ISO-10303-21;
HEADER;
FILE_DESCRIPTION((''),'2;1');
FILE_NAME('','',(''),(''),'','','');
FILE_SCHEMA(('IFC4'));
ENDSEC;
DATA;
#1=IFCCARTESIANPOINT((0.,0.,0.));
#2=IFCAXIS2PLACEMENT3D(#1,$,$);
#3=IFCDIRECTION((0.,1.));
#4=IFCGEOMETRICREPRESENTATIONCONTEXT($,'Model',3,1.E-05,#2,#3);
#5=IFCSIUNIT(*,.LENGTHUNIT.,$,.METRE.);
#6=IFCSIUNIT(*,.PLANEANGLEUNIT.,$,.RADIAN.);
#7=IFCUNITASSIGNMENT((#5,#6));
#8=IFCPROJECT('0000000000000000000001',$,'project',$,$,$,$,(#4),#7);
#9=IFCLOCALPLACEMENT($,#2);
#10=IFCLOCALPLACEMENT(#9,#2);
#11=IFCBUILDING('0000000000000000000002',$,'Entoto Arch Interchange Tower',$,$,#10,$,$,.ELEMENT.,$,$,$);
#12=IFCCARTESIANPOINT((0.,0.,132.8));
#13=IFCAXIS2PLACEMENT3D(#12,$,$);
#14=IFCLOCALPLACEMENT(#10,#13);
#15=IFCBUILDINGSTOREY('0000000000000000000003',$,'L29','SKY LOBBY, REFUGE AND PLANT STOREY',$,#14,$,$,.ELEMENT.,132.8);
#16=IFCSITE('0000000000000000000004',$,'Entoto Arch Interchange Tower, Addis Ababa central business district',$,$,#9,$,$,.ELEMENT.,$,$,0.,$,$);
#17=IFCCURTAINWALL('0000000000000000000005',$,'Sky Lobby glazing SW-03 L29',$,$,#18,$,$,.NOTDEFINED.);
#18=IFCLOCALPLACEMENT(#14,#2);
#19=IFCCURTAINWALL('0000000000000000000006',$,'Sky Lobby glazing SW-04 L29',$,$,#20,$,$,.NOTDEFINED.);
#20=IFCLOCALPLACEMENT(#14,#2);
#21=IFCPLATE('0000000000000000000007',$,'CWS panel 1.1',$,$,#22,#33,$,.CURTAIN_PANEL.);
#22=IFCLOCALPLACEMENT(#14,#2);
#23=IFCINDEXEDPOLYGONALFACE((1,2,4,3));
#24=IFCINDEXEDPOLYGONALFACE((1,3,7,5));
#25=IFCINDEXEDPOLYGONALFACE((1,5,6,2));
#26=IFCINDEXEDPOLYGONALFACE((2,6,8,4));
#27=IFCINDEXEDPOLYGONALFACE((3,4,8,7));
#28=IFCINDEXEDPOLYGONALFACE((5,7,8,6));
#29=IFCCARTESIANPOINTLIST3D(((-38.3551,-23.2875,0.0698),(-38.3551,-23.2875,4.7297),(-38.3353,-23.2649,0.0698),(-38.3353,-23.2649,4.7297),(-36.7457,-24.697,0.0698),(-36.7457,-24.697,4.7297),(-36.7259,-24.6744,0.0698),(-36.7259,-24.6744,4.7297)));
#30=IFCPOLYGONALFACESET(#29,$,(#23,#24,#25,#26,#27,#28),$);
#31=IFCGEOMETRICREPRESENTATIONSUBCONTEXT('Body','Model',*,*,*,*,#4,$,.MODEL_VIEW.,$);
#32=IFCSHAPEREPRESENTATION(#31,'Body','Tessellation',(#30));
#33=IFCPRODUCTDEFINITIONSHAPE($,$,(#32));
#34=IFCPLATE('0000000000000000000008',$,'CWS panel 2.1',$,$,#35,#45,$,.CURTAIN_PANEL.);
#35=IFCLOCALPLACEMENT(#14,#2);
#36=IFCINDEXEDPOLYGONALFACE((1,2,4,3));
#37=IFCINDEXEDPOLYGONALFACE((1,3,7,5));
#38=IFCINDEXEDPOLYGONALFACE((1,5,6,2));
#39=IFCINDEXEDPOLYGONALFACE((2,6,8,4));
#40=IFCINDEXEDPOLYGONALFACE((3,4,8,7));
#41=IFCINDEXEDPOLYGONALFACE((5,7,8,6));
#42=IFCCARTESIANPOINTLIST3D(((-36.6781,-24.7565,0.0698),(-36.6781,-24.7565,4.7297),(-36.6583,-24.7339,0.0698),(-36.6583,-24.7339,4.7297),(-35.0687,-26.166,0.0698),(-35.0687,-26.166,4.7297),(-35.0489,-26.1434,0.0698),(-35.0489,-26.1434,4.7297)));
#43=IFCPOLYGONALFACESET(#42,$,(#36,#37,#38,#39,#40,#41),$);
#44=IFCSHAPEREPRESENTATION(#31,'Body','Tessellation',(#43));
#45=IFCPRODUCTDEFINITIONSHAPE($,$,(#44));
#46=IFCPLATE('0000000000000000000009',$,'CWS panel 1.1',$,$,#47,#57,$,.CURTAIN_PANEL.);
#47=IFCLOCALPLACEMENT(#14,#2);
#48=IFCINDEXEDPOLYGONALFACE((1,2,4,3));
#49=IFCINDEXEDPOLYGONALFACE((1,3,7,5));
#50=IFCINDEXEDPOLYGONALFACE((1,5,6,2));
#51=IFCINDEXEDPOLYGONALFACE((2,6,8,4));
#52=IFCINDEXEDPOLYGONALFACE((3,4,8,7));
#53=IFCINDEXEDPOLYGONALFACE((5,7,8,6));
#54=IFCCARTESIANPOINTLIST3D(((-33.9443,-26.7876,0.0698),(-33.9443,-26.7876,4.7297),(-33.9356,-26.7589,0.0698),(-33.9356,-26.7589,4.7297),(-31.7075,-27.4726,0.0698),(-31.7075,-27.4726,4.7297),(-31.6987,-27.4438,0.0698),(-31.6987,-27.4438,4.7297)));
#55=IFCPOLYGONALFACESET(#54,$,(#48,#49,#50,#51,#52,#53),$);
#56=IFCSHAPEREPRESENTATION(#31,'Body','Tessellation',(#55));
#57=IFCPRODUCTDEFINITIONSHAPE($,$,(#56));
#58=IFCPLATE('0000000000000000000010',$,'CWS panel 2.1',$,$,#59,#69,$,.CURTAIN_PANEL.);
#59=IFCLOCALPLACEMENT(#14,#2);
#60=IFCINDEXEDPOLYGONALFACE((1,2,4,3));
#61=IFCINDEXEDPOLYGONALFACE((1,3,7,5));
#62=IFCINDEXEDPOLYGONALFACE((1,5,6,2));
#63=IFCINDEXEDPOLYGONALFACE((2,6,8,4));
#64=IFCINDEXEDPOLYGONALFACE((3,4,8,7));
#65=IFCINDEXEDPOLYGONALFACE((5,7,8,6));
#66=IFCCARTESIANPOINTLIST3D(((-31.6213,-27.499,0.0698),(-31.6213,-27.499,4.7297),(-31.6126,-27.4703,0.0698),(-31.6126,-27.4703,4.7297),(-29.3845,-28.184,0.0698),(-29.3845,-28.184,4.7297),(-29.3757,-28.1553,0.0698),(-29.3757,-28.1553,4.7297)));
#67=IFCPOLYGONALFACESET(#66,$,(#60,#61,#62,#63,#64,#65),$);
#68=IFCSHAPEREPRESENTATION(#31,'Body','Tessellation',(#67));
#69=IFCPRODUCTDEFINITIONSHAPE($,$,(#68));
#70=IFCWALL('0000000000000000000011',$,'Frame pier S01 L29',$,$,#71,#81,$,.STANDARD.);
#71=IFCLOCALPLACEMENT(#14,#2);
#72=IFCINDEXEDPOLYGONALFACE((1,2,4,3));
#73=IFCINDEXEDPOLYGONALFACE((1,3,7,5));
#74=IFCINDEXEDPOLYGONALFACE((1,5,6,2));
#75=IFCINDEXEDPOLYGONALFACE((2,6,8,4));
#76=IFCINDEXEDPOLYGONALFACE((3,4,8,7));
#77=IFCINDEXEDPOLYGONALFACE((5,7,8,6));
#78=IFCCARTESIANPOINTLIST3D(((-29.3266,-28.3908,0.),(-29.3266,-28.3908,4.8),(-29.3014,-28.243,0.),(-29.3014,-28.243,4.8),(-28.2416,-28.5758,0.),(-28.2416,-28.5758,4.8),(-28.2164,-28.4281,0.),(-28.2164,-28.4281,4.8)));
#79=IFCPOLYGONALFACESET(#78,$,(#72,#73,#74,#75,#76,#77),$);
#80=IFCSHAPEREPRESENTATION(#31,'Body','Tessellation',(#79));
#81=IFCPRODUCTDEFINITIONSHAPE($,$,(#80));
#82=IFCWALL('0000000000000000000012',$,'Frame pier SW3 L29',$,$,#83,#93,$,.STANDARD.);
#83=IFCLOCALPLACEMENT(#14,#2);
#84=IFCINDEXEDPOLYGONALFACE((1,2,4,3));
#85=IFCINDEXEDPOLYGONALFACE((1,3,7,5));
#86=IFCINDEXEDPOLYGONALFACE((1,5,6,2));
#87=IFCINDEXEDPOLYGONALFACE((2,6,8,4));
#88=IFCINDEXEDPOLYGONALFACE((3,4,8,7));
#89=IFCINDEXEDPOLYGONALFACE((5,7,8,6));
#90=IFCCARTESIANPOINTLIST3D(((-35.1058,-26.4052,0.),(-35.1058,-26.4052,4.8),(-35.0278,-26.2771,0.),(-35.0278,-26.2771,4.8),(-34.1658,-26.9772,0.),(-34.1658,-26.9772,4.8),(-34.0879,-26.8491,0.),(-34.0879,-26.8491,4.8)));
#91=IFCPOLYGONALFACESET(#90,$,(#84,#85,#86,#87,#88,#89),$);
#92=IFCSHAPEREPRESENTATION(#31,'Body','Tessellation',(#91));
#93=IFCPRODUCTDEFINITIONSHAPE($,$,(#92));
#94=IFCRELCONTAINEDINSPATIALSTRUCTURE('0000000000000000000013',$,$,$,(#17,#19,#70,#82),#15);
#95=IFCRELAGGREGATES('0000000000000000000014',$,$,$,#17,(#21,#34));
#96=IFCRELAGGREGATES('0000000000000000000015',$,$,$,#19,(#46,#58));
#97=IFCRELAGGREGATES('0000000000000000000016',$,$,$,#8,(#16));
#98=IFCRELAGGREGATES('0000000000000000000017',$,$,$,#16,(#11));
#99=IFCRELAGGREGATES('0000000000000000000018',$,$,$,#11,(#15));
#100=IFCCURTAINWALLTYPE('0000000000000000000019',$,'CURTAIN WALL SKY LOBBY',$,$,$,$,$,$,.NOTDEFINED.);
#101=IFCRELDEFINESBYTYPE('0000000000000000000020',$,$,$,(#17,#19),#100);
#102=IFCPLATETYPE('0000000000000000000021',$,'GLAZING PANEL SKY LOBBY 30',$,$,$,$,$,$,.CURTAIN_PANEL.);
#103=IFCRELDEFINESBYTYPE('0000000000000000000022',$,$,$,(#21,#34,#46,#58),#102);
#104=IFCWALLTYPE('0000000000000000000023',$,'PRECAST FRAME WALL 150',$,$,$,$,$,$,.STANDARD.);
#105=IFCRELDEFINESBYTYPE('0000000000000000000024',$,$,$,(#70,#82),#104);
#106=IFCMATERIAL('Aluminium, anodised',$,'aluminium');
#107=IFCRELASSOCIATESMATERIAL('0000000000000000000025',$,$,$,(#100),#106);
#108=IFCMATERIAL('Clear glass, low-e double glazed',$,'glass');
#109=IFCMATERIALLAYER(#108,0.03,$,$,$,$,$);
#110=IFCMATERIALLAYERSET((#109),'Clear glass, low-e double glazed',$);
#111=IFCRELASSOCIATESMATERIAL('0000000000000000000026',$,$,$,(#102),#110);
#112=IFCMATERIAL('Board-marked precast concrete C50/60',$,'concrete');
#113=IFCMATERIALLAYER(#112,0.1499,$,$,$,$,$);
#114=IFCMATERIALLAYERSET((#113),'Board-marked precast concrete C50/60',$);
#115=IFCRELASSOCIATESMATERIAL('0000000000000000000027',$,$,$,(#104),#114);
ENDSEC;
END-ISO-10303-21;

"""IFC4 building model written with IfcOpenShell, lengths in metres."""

from ifc_helpers import new_model, si_unit, direction, frame, frame_2d, origin, origin_2d, place, context, subcontext, project, spatial, rectangle, extrude, material, layer, layer_set, type_object, element, aggregate, save


model = new_model("IFC4")

# Units and contexts
model_context = context("Model", 3, precision=1e-05, world=origin(), true_north=direction((0.0, 1.0)))
body_context = subcontext(model_context, "Body", "Model", "MODEL_VIEW")
ifc_project = project(units=[si_unit("LENGTHUNIT", "METRE"), si_unit("PLANEANGLEUNIT", "RADIAN")], contexts=[model_context])

# Site, building, storey
site_placement = place(None, origin())
site = spatial("IfcSite", under=ifc_project, at=site_placement, Name="Entoto Arch Interchange Tower, Addis Ababa central business district", CompositionType="ELEMENT", RefElevation=0.0)
building_placement = place(site_placement, origin())
building = spatial("IfcBuilding", under=site, at=building_placement, Name="Entoto Arch Interchange Tower", CompositionType="ELEMENT")
storey_placement = place(building_placement, frame((0.0, 0.0, 132.8)))
storey = spatial("IfcBuildingStorey", under=building, at=storey_placement, Name="L29", Description="SKY LOBBY, REFUGE AND PLANT STOREY", CompositionType="ELEMENT", Elevation=132.8)

# Curtain walls
ifc_material_1 = material(Name="Aluminium, anodised", Category="aluminium")
curtain_wall_type = type_object("IfcCurtainWallType", Name="CURTAIN WALL SKY LOBBY", PredefinedType="NOTDEFINED", material=ifc_material_1)
curtain_wall_1_placement = place(storey_placement, origin())
curtain_wall_1 = element("IfcCurtainWall", 1, at=curtain_wall_1_placement, inside=storey, type_object=curtain_wall_type, Name="Sky Lobby glazing SW-03 L29", PredefinedType="NOTDEFINED")
curtain_wall_2_placement = place(storey_placement, origin())
curtain_wall_2 = element("IfcCurtainWall", 2, at=curtain_wall_2_placement, inside=storey, type_object=curtain_wall_type, Name="Sky Lobby glazing SW-04 L29", PredefinedType="NOTDEFINED")

# Plates
ifc_material_2 = material(Name="Clear glass, low-e double glazed", Category="glass")
ifc_layer_1 = layer(ifc_material_2, 0.03)
ifc_layer_set_1 = layer_set([ifc_layer_1], Name="Clear glass, low-e double glazed")
plate_type = type_object("IfcPlateType", Name="GLAZING PANEL SKY LOBBY 30", PredefinedType="CURTAIN_PANEL", material=ifc_layer_set_1)
plate_1_placement = place(storey_placement, frame((-37.5405, -23.981, 0.0698), z_axis=(0.0, 0.0, 1.0), x_axis=(0.752277, -0.658847, 0.0)))
plate_1 = element("IfcPlate", 3, at=plate_1_placement, type_object=plate_type, Name="CWS panel 1.1", PredefinedType="CURTAIN_PANEL", context=body_context, shape_type="SweptSolid", body=[
    extrude(rectangle(XDim=2.1394, YDim=0.03, at=origin_2d()), origin(), (0.0, 0.0, 1.0), 4.6599),
])
plate_2_placement = place(storey_placement, frame((-35.8635, -25.45, 0.0698), z_axis=(0.0, 0.0, 1.0), x_axis=(0.752277, -0.658847, 0.0)))
plate_2 = element("IfcPlate", 4, at=plate_2_placement, type_object=plate_type, Name="CWS panel 2.1", PredefinedType="CURTAIN_PANEL", context=body_context, shape_type="SweptSolid", body=[
    extrude(rectangle(XDim=2.1394, YDim=0.03, at=origin_2d()), origin(), (0.0, 0.0, 1.0), 4.6599),
])
aggregate(curtain_wall_1, [plate_1, plate_2])
plate_3_placement = place(storey_placement, frame((-32.8215, -27.1157, 0.0698), z_axis=(0.0, 0.0, 1.0), x_axis=(0.956176, -0.292793, 0.0)))
plate_3 = element("IfcPlate", 5, at=plate_3_placement, type_object=plate_type, Name="CWS panel 1.1", PredefinedType="CURTAIN_PANEL", context=body_context, shape_type="SweptSolid", body=[
    extrude(rectangle(XDim=2.3394, YDim=0.03, at=origin_2d()), origin(), (0.0, 0.0, 1.0), 4.6599),
])
plate_4_placement = place(storey_placement, frame((-30.4985, -27.8271, 0.0698), z_axis=(0.0, 0.0, 1.0), x_axis=(0.956176, -0.292793, 0.0)))
plate_4 = element("IfcPlate", 6, at=plate_4_placement, type_object=plate_type, Name="CWS panel 2.1", PredefinedType="CURTAIN_PANEL", context=body_context, shape_type="SweptSolid", body=[
    extrude(rectangle(XDim=2.3394, YDim=0.03, at=origin_2d()), origin(), (0.0, 0.0, 1.0), 4.6599),
])
aggregate(curtain_wall_2, [plate_3, plate_4])

# Walls
ifc_material_3 = material(Name="Board-marked precast concrete C50/60", Category="concrete")
ifc_layer_2 = layer(ifc_material_3, 0.1499)
ifc_layer_set_2 = layer_set([ifc_layer_2], Name="Board-marked precast concrete C50/60")
wall_type = type_object("IfcWallType", Name="PRECAST FRAME WALL 150", PredefinedType="STANDARD", material=ifc_layer_set_2)
wall_1_placement = place(storey_placement, frame((-29.314, -28.3169, 0.0), z_axis=(0.0, 0.0, 1.0), x_axis=(0.985763, -0.168139, 0.0)))
element("IfcWall", 7, at=wall_1_placement, inside=storey, type_object=wall_type, Name="Frame pier S01 L29", PredefinedType="STANDARD", context=body_context, shape_type="SweptSolid", body=[
    extrude(rectangle(XDim=1.1006, YDim=0.1499, at=frame_2d((0.5503, 0.0))), origin(), (0.0, 0.0, 1.0), 4.8),
])
wall_2_placement = place(storey_placement, frame((-35.0669, -26.3411, 0.0), z_axis=(0.0, 0.0, 1.0), x_axis=(0.854246, -0.51987, 0.0)))
element("IfcWall", 8, at=wall_2_placement, inside=storey, type_object=wall_type, Name="Frame pier SW3 L29", PredefinedType="STANDARD", context=body_context, shape_type="SweptSolid", body=[
    extrude(rectangle(XDim=1.1003, YDim=0.1499, at=frame_2d((0.5503, 0.0))), origin(), (0.0, 0.0, 1.0), 4.8),
])

save(model, "model.ifc")
